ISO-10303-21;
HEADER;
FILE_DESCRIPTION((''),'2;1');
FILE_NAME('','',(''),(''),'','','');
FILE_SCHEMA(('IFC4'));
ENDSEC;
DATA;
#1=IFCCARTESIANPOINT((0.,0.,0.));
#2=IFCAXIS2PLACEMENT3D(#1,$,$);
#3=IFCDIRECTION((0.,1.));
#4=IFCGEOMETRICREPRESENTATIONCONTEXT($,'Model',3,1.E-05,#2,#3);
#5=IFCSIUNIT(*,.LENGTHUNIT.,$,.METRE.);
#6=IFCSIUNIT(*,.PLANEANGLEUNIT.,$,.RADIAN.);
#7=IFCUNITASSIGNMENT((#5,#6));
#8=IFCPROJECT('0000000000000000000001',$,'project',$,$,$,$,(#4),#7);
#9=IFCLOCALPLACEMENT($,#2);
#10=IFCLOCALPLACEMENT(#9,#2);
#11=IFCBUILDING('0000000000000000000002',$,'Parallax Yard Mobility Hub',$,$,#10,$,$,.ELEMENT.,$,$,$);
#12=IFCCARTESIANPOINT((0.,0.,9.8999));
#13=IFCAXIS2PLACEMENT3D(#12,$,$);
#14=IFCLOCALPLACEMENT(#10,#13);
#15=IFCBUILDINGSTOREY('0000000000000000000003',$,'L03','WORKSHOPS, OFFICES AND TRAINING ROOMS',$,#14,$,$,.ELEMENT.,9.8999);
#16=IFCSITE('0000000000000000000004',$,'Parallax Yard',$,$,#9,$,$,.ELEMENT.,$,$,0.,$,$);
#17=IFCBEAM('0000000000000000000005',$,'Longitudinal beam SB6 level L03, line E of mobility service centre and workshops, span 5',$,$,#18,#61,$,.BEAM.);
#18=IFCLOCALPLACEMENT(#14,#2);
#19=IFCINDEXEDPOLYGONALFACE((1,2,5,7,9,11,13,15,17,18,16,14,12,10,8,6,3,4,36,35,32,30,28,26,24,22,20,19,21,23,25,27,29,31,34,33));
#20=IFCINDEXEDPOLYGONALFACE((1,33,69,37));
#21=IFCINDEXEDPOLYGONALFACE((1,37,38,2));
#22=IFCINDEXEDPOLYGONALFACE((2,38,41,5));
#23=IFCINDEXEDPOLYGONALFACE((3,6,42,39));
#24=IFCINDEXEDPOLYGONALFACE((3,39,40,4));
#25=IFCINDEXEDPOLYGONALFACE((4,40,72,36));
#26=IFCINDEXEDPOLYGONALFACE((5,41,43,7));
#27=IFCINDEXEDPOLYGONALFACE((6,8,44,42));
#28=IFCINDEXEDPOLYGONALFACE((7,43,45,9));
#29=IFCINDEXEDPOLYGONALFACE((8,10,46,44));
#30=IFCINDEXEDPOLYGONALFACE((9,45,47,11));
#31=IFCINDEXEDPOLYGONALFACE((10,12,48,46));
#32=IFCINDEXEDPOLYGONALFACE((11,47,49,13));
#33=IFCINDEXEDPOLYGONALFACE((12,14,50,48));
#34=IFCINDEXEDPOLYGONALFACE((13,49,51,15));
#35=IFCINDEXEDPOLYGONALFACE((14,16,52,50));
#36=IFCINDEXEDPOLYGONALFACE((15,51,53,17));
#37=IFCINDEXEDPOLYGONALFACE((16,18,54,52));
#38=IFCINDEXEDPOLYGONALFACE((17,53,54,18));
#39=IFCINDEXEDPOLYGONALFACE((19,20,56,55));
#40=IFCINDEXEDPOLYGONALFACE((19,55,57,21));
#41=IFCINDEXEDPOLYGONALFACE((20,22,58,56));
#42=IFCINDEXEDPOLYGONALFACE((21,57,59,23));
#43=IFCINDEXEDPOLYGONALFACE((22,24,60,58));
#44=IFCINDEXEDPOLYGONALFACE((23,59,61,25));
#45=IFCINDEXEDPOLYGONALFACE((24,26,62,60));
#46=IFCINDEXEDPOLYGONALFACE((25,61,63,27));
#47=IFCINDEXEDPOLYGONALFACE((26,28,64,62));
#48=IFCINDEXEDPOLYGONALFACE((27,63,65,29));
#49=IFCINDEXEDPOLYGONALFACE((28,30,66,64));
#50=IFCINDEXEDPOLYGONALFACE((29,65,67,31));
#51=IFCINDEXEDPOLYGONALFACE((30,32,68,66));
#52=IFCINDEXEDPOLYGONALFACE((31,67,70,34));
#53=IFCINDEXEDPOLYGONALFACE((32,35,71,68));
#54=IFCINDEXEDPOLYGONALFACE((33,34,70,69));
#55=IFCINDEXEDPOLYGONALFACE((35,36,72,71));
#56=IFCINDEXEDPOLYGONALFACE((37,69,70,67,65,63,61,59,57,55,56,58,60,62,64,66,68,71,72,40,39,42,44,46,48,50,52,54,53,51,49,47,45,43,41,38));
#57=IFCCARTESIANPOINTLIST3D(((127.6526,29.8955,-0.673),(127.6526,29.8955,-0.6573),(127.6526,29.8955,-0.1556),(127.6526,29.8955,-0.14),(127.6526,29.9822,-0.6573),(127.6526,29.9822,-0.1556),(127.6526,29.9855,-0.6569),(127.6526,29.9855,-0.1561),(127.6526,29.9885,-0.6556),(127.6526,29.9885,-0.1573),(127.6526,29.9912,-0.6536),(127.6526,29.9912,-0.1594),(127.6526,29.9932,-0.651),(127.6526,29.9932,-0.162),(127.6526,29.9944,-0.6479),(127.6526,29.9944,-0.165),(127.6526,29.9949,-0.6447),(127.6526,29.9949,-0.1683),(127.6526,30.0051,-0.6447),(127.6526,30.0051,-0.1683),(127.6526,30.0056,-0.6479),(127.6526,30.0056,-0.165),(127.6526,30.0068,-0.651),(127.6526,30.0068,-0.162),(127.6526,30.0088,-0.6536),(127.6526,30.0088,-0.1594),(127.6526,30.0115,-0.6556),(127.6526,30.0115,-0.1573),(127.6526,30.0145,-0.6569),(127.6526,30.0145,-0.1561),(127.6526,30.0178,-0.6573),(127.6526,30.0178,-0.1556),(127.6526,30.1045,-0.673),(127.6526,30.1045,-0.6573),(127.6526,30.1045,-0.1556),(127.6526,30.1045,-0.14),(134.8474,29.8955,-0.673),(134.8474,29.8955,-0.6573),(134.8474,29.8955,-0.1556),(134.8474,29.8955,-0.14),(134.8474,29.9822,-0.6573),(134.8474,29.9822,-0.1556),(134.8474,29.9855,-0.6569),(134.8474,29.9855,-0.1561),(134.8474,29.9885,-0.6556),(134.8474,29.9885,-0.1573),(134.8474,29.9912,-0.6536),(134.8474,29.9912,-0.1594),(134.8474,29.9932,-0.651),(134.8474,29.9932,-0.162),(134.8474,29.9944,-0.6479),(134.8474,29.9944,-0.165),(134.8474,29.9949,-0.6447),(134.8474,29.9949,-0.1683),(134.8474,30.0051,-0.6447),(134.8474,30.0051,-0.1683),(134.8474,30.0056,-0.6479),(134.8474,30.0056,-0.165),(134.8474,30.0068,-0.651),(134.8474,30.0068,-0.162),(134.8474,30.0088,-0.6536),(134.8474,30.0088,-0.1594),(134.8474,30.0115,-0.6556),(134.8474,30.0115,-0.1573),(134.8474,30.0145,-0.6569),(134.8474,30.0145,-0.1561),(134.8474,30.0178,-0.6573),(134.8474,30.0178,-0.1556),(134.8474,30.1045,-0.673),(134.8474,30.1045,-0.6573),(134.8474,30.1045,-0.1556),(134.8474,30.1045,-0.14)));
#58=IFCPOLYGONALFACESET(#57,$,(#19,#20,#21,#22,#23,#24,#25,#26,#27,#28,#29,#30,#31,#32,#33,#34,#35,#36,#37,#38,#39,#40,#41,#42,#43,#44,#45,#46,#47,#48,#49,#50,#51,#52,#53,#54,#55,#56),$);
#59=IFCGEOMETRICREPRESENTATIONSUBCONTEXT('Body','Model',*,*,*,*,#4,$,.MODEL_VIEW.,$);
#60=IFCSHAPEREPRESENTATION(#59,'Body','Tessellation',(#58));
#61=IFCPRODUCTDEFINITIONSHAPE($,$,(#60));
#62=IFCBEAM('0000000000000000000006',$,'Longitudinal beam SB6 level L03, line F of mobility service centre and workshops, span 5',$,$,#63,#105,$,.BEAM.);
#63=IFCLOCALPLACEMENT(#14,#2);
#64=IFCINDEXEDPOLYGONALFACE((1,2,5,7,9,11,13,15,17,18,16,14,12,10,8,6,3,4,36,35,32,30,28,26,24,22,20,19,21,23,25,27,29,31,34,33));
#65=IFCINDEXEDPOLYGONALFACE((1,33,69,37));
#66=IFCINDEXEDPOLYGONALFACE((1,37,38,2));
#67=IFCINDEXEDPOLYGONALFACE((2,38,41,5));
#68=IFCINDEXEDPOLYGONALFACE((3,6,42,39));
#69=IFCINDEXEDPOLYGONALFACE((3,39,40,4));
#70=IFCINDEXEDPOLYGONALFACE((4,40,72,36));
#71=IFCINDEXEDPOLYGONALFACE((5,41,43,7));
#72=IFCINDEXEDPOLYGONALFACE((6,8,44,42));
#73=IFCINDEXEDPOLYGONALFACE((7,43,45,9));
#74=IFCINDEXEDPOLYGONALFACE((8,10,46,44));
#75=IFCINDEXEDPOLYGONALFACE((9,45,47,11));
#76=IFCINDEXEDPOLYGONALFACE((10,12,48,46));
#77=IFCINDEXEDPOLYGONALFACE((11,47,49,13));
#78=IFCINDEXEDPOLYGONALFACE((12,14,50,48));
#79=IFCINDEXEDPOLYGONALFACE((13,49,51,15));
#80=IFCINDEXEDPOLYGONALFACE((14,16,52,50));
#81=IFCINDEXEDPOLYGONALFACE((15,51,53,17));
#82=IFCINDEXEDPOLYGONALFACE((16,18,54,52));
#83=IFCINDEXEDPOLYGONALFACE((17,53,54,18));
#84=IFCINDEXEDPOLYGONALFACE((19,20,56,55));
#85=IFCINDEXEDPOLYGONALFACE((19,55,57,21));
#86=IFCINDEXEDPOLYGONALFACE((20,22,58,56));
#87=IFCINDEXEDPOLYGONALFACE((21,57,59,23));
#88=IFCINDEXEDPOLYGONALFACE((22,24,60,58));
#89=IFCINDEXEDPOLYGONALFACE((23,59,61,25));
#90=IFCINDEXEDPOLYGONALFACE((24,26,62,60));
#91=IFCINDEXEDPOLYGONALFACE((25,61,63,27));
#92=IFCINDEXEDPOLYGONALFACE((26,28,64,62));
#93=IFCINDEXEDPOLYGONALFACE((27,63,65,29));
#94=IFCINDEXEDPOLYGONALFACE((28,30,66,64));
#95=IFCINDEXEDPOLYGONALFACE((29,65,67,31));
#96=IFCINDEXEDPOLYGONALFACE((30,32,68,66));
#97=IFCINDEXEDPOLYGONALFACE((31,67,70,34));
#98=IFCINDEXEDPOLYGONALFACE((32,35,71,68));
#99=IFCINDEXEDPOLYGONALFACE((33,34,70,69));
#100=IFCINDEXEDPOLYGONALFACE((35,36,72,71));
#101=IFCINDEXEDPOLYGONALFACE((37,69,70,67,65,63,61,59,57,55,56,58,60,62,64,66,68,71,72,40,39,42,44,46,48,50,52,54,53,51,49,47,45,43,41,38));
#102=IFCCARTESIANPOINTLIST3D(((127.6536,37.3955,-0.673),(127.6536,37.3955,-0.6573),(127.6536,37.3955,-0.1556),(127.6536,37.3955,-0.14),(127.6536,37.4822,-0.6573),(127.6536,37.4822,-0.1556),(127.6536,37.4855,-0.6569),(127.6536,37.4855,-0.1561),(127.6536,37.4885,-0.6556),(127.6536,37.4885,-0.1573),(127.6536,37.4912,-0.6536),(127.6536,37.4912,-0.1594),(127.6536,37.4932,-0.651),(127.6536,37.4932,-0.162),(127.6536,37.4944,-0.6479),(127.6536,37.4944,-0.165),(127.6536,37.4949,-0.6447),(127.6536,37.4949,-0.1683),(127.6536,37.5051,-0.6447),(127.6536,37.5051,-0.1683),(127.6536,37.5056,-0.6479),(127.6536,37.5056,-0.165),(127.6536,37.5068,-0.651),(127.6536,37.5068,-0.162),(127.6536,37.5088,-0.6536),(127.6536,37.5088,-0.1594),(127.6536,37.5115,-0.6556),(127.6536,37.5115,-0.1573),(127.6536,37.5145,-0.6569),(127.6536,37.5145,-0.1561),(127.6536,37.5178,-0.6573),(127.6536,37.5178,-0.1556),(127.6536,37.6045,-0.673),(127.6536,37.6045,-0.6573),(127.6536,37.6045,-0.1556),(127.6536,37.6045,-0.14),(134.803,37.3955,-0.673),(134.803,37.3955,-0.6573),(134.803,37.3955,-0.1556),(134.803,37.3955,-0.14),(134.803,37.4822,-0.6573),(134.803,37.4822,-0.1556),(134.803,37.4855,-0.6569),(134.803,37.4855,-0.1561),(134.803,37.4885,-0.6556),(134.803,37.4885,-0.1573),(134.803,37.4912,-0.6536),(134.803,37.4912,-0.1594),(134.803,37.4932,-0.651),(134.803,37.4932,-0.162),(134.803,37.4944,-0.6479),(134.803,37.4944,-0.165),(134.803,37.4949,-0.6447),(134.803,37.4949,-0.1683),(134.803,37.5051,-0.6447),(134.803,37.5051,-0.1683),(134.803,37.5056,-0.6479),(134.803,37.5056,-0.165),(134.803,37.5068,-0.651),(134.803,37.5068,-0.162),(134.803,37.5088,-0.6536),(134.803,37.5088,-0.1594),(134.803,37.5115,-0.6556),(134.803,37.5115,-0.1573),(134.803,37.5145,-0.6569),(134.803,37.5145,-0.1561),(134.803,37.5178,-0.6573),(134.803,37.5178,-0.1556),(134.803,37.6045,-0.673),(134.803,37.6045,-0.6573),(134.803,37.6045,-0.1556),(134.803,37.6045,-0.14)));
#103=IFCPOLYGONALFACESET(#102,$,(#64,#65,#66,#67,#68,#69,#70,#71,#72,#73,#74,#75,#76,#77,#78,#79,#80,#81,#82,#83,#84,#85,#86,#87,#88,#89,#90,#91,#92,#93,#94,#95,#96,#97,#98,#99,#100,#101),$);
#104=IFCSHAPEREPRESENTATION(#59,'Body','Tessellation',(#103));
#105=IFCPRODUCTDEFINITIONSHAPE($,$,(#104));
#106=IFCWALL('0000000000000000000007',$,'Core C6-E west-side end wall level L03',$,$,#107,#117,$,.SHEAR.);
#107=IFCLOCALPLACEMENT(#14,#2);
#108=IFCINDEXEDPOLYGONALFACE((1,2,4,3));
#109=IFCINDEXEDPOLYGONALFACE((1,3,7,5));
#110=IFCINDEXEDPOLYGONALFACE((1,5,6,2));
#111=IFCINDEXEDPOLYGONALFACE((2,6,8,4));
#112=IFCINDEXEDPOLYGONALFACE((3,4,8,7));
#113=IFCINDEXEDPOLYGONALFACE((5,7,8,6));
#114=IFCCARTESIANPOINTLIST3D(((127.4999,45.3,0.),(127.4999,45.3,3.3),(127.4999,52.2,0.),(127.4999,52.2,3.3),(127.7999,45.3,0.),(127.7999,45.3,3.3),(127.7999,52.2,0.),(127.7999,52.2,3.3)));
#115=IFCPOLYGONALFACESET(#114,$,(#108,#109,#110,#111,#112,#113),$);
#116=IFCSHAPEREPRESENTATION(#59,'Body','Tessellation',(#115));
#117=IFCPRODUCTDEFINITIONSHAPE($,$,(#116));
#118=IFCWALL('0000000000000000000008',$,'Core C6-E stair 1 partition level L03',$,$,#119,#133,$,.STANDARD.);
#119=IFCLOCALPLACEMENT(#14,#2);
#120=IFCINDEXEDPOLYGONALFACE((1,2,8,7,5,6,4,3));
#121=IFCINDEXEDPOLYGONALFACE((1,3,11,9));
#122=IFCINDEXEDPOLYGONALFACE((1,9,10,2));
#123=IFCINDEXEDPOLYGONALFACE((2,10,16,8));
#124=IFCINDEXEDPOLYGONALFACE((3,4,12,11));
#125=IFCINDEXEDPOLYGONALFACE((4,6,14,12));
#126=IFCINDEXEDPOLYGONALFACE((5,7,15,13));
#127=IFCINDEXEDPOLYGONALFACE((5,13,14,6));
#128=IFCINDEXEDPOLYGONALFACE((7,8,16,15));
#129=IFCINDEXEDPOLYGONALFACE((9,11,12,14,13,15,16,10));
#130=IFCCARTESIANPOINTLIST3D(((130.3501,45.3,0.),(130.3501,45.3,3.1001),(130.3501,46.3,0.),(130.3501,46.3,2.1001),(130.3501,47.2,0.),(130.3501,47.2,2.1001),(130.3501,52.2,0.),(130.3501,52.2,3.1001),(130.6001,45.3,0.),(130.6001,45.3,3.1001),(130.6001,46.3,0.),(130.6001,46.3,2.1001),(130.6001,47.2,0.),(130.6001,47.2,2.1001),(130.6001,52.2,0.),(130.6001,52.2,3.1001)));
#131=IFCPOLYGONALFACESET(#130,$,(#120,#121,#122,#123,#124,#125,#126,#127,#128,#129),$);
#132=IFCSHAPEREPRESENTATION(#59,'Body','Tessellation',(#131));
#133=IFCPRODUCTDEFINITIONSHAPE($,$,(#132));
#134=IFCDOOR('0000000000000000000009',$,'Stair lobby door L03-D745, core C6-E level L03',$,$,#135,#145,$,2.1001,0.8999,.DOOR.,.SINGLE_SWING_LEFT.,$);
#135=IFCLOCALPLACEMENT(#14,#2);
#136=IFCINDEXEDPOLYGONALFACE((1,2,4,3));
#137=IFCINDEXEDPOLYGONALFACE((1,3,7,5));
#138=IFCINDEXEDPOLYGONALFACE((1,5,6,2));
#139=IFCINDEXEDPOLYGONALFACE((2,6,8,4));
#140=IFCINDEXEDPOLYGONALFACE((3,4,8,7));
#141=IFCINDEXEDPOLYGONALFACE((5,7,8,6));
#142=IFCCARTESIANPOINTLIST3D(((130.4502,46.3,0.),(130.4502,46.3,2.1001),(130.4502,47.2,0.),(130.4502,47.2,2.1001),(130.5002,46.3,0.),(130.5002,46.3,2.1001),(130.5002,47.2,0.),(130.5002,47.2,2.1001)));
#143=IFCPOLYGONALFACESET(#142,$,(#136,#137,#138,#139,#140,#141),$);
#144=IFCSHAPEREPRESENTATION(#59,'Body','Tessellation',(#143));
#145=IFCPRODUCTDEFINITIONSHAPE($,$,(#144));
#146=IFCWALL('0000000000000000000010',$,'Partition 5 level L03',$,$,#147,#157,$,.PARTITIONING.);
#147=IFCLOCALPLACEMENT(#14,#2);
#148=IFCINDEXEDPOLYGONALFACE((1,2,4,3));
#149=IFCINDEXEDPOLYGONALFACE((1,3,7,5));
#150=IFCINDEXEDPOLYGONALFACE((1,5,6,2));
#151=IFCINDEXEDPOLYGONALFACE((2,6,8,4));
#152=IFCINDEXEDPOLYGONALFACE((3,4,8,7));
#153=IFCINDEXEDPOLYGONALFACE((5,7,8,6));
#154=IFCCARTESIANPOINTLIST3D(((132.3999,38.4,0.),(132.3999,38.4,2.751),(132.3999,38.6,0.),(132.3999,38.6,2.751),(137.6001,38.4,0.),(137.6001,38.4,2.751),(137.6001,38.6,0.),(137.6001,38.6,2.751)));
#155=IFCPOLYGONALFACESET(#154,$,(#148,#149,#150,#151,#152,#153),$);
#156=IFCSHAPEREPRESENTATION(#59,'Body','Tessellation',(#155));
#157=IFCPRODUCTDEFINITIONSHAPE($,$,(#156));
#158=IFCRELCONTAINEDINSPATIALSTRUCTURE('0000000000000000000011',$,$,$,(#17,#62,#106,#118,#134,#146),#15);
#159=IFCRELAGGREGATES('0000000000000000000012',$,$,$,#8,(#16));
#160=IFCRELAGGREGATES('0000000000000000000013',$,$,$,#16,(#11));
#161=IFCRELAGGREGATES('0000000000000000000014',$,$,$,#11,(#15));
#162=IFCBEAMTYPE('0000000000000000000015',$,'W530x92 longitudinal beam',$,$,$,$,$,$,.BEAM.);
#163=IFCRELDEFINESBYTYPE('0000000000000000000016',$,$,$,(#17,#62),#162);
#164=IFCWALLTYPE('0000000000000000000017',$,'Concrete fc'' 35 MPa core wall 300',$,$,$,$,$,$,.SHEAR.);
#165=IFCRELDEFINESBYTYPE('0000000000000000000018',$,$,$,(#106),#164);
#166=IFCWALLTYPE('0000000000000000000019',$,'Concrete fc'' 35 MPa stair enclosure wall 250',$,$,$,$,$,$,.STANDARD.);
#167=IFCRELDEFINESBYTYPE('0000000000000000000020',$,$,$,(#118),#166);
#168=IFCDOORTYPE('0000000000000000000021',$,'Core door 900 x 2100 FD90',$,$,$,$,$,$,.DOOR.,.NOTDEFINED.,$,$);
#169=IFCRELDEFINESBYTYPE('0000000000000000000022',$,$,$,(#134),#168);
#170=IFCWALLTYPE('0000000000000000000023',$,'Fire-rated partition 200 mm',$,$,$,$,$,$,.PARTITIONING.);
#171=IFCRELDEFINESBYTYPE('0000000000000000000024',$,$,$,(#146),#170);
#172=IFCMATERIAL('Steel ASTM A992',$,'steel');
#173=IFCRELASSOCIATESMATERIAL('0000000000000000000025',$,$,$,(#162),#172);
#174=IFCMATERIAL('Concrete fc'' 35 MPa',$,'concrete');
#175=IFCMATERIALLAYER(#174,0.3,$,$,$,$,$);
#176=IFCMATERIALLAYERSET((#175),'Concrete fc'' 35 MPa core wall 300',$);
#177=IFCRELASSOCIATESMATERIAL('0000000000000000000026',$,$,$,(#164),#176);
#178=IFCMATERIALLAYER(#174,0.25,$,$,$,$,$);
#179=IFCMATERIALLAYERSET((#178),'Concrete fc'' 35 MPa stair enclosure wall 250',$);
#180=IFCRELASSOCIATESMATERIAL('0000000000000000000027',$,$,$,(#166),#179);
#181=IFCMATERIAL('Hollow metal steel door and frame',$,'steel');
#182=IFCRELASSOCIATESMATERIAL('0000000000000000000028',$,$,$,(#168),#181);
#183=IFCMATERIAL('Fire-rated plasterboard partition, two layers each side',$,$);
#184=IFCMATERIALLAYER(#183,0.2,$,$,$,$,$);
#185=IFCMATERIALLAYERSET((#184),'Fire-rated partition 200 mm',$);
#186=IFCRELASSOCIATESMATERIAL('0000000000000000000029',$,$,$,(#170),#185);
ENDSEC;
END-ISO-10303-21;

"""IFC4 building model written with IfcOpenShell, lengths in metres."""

from ifc_helpers import new_model, si_unit, direction, frame, frame_2d, origin, origin_2d, place, context, subcontext, project, spatial, rectangle, i_section, extrude, material, layer, layer_set, material_profile, profile_set, type_object, element, fill, save


model = new_model("IFC4")

# Units and contexts
model_context = context("Model", 3, precision=1e-05, world=origin(), true_north=direction((0.0, 1.0)))
body_context = subcontext(model_context, "Body", "Model", "MODEL_VIEW")
ifc_project = project(units=[si_unit("LENGTHUNIT", "METRE"), si_unit("PLANEANGLEUNIT", "RADIAN")], contexts=[model_context])

# Site, building, storey
site_placement = place(None, origin())
site = spatial("IfcSite", under=ifc_project, at=site_placement, Name="Parallax Yard", CompositionType="ELEMENT", RefElevation=0.0)
building_placement = place(site_placement, origin())
building = spatial("IfcBuilding", under=site, at=building_placement, Name="Parallax Yard Mobility Hub", CompositionType="ELEMENT")
storey_placement = place(building_placement, frame((0.0, 0.0, 9.8999)))
storey = spatial("IfcBuildingStorey", under=building, at=storey_placement, Name="L03", Description="WORKSHOPS, OFFICES AND TRAINING ROOMS", CompositionType="ELEMENT", Elevation=9.8999)

# Shared definitions
ifc_material_1 = material(Name="Steel ASTM A992", Category="steel")

# Beams
ifc_material_profile_1 = material_profile(ifc_material_1, i_section(OverallWidth=0.209, OverallDepth=0.533, WebThickness=0.0103, FlangeThickness=0.0156, FilletRadius=0.0127, at=origin_2d()), Name="W530x92")
ifc_profile_set_1 = profile_set([ifc_material_profile_1], Name="Steel ASTM A992")
beam_type_1 = type_object("IfcBeamType", Name="W530x92 longitudinal beam", PredefinedType="BEAM", material=ifc_profile_set_1)
beam_1_placement = place(storey_placement, frame((127.6526, 30.0, -0.4065), z_axis=(1.0, 0.0, 0.0), x_axis=(0.0, 1.0, 0.0)))
element("IfcBeam", 1, at=beam_1_placement, inside=storey, type_object=beam_type_1, Name="Longitudinal beam SB6 level L03, line E of mobility service centre and workshops, span 5", PredefinedType="BEAM", context=body_context, shape_type="SweptSolid", body=[
    extrude(i_section(OverallWidth=0.209, OverallDepth=0.533, WebThickness=0.0103, FlangeThickness=0.0156, FilletRadius=0.0127, at=origin_2d()), origin(), (0.0, 0.0, 1.0), 7.1948),
])
beam_2_placement = place(storey_placement, frame((127.6536, 37.5, -0.4065), z_axis=(1.0, 0.0, 0.0), x_axis=(0.0, 1.0, 0.0)))
element("IfcBeam", 2, at=beam_2_placement, inside=storey, type_object=beam_type_1, Name="Longitudinal beam SB6 level L03, line F of mobility service centre and workshops, span 5", PredefinedType="BEAM", context=body_context, shape_type="SweptSolid", body=[
    extrude(i_section(OverallWidth=0.209, OverallDepth=0.533, WebThickness=0.0103, FlangeThickness=0.0156, FilletRadius=0.0127, at=origin_2d()), origin(), (0.0, 0.0, 1.0), 7.1494),
])

# Wall
ifc_material_2 = material(Name="Concrete fc' 35 MPa", Category="concrete")
ifc_layer_1 = layer(ifc_material_2, 0.3)
ifc_layer_set_1 = layer_set([ifc_layer_1], Name="Concrete fc' 35 MPa core wall 300")
wall_type_1 = type_object("IfcWallType", Name="Concrete fc' 35 MPa core wall 300", PredefinedType="SHEAR", material=ifc_layer_set_1)
wall_1_placement = place(storey_placement, frame((127.6499, 45.3, 0.0), z_axis=(0.0, 0.0, 1.0), x_axis=(0.0, 1.0, 0.0)))
element("IfcWall", 3, at=wall_1_placement, inside=storey, type_object=wall_type_1, Name="Core C6-E west-side end wall level L03", PredefinedType="SHEAR", context=body_context, shape_type="SweptSolid", body=[
    extrude(rectangle(XDim=6.8999, YDim=0.3, at=frame_2d((3.45, 0.0))), origin(), (0.0, 0.0, 1.0), 3.3),
])

# Wall, opening, door
ifc_layer_2 = layer(ifc_material_2, 0.25)
ifc_layer_set_2 = layer_set([ifc_layer_2], Name="Concrete fc' 35 MPa stair enclosure wall 250")
wall_type_2 = type_object("IfcWallType", Name="Concrete fc' 35 MPa stair enclosure wall 250", PredefinedType="STANDARD", material=ifc_layer_set_2)
wall_2_placement = place(storey_placement, frame((130.4751, 45.3, 0.0), z_axis=(0.0, 0.0, 1.0), x_axis=(0.0, 1.0, 0.0)))
wall_2 = element("IfcWall", 4, at=wall_2_placement, inside=storey, type_object=wall_type_2, Name="Core C6-E stair 1 partition level L03", PredefinedType="STANDARD", context=body_context, shape_type="SweptSolid", body=[
    extrude(rectangle(XDim=6.8999, YDim=0.25, at=frame_2d((3.45, 0.0))), origin(), (0.0, 0.0, 1.0), 3.1001),
])
opening_1_placement = place(wall_2_placement, frame((1.0, 0.0, 0.0)))
opening_1 = element("IfcOpeningElement", 5, at=opening_1_placement, cuts=wall_2, PredefinedType="OPENING", context=body_context, shape_type="SweptSolid", body=[
    extrude(rectangle(XDim=0.8999, YDim=2.1001, at=frame_2d((0.45, 1.05))), frame((0.0, 0.135, 0.0), z_axis=(0.0, -1.0, 0.0), x_axis=(1.0, 0.0, 0.0)), (0.0, 0.0, 1.0), 0.27),
])
ifc_material_3 = material(Name="Hollow metal steel door and frame", Category="steel")
door_type_1 = type_object("IfcDoorType", Name="Core door 900 x 2100 FD90", OperationType="NOTDEFINED", PredefinedType="DOOR", material=ifc_material_3)
door_1_placement = place(opening_1_placement, origin())
door_1 = element("IfcDoor", 6, at=door_1_placement, inside=storey, type_object=door_type_1, Name="Stair lobby door L03-D745, core C6-E level L03", OperationType="SINGLE_SWING_LEFT", OverallHeight=2.1001, OverallWidth=0.8999, PredefinedType="DOOR", context=body_context, shape_type="SweptSolid", body=[
    extrude(rectangle(XDim=0.8999, YDim=2.1001, at=frame_2d((0.45, 1.05))), frame((0.0, 0.0249, 0.0), z_axis=(0.0, -1.0, 0.0), x_axis=(1.0, 0.0, 0.0)), (0.0, 0.0, 1.0), 0.05),
])
fill(opening_1, door_1)

# Wall
ifc_material_4 = material(Name="Fire-rated plasterboard partition, two layers each side")
ifc_layer_3 = layer(ifc_material_4, 0.2)
ifc_layer_set_3 = layer_set([ifc_layer_3], Name="Fire-rated partition 200 mm")
wall_type_3 = type_object("IfcWallType", Name="Fire-rated partition 200 mm", PredefinedType="PARTITIONING", material=ifc_layer_set_3)
wall_3_placement = place(storey_placement, frame((132.3999, 38.5, 0.0), z_axis=(0.0, 0.0, 1.0), x_axis=(1.0, 0.0, 0.0)))
element("IfcWall", 7, at=wall_3_placement, inside=storey, type_object=wall_type_3, Name="Partition 5 level L03", PredefinedType="PARTITIONING", context=body_context, shape_type="SweptSolid", body=[
    extrude(rectangle(XDim=5.2002, YDim=0.2, at=frame_2d((2.6001, 0.0))), origin(), (0.0, 0.0, 1.0), 2.751),
])

save(model, "model.ifc")
